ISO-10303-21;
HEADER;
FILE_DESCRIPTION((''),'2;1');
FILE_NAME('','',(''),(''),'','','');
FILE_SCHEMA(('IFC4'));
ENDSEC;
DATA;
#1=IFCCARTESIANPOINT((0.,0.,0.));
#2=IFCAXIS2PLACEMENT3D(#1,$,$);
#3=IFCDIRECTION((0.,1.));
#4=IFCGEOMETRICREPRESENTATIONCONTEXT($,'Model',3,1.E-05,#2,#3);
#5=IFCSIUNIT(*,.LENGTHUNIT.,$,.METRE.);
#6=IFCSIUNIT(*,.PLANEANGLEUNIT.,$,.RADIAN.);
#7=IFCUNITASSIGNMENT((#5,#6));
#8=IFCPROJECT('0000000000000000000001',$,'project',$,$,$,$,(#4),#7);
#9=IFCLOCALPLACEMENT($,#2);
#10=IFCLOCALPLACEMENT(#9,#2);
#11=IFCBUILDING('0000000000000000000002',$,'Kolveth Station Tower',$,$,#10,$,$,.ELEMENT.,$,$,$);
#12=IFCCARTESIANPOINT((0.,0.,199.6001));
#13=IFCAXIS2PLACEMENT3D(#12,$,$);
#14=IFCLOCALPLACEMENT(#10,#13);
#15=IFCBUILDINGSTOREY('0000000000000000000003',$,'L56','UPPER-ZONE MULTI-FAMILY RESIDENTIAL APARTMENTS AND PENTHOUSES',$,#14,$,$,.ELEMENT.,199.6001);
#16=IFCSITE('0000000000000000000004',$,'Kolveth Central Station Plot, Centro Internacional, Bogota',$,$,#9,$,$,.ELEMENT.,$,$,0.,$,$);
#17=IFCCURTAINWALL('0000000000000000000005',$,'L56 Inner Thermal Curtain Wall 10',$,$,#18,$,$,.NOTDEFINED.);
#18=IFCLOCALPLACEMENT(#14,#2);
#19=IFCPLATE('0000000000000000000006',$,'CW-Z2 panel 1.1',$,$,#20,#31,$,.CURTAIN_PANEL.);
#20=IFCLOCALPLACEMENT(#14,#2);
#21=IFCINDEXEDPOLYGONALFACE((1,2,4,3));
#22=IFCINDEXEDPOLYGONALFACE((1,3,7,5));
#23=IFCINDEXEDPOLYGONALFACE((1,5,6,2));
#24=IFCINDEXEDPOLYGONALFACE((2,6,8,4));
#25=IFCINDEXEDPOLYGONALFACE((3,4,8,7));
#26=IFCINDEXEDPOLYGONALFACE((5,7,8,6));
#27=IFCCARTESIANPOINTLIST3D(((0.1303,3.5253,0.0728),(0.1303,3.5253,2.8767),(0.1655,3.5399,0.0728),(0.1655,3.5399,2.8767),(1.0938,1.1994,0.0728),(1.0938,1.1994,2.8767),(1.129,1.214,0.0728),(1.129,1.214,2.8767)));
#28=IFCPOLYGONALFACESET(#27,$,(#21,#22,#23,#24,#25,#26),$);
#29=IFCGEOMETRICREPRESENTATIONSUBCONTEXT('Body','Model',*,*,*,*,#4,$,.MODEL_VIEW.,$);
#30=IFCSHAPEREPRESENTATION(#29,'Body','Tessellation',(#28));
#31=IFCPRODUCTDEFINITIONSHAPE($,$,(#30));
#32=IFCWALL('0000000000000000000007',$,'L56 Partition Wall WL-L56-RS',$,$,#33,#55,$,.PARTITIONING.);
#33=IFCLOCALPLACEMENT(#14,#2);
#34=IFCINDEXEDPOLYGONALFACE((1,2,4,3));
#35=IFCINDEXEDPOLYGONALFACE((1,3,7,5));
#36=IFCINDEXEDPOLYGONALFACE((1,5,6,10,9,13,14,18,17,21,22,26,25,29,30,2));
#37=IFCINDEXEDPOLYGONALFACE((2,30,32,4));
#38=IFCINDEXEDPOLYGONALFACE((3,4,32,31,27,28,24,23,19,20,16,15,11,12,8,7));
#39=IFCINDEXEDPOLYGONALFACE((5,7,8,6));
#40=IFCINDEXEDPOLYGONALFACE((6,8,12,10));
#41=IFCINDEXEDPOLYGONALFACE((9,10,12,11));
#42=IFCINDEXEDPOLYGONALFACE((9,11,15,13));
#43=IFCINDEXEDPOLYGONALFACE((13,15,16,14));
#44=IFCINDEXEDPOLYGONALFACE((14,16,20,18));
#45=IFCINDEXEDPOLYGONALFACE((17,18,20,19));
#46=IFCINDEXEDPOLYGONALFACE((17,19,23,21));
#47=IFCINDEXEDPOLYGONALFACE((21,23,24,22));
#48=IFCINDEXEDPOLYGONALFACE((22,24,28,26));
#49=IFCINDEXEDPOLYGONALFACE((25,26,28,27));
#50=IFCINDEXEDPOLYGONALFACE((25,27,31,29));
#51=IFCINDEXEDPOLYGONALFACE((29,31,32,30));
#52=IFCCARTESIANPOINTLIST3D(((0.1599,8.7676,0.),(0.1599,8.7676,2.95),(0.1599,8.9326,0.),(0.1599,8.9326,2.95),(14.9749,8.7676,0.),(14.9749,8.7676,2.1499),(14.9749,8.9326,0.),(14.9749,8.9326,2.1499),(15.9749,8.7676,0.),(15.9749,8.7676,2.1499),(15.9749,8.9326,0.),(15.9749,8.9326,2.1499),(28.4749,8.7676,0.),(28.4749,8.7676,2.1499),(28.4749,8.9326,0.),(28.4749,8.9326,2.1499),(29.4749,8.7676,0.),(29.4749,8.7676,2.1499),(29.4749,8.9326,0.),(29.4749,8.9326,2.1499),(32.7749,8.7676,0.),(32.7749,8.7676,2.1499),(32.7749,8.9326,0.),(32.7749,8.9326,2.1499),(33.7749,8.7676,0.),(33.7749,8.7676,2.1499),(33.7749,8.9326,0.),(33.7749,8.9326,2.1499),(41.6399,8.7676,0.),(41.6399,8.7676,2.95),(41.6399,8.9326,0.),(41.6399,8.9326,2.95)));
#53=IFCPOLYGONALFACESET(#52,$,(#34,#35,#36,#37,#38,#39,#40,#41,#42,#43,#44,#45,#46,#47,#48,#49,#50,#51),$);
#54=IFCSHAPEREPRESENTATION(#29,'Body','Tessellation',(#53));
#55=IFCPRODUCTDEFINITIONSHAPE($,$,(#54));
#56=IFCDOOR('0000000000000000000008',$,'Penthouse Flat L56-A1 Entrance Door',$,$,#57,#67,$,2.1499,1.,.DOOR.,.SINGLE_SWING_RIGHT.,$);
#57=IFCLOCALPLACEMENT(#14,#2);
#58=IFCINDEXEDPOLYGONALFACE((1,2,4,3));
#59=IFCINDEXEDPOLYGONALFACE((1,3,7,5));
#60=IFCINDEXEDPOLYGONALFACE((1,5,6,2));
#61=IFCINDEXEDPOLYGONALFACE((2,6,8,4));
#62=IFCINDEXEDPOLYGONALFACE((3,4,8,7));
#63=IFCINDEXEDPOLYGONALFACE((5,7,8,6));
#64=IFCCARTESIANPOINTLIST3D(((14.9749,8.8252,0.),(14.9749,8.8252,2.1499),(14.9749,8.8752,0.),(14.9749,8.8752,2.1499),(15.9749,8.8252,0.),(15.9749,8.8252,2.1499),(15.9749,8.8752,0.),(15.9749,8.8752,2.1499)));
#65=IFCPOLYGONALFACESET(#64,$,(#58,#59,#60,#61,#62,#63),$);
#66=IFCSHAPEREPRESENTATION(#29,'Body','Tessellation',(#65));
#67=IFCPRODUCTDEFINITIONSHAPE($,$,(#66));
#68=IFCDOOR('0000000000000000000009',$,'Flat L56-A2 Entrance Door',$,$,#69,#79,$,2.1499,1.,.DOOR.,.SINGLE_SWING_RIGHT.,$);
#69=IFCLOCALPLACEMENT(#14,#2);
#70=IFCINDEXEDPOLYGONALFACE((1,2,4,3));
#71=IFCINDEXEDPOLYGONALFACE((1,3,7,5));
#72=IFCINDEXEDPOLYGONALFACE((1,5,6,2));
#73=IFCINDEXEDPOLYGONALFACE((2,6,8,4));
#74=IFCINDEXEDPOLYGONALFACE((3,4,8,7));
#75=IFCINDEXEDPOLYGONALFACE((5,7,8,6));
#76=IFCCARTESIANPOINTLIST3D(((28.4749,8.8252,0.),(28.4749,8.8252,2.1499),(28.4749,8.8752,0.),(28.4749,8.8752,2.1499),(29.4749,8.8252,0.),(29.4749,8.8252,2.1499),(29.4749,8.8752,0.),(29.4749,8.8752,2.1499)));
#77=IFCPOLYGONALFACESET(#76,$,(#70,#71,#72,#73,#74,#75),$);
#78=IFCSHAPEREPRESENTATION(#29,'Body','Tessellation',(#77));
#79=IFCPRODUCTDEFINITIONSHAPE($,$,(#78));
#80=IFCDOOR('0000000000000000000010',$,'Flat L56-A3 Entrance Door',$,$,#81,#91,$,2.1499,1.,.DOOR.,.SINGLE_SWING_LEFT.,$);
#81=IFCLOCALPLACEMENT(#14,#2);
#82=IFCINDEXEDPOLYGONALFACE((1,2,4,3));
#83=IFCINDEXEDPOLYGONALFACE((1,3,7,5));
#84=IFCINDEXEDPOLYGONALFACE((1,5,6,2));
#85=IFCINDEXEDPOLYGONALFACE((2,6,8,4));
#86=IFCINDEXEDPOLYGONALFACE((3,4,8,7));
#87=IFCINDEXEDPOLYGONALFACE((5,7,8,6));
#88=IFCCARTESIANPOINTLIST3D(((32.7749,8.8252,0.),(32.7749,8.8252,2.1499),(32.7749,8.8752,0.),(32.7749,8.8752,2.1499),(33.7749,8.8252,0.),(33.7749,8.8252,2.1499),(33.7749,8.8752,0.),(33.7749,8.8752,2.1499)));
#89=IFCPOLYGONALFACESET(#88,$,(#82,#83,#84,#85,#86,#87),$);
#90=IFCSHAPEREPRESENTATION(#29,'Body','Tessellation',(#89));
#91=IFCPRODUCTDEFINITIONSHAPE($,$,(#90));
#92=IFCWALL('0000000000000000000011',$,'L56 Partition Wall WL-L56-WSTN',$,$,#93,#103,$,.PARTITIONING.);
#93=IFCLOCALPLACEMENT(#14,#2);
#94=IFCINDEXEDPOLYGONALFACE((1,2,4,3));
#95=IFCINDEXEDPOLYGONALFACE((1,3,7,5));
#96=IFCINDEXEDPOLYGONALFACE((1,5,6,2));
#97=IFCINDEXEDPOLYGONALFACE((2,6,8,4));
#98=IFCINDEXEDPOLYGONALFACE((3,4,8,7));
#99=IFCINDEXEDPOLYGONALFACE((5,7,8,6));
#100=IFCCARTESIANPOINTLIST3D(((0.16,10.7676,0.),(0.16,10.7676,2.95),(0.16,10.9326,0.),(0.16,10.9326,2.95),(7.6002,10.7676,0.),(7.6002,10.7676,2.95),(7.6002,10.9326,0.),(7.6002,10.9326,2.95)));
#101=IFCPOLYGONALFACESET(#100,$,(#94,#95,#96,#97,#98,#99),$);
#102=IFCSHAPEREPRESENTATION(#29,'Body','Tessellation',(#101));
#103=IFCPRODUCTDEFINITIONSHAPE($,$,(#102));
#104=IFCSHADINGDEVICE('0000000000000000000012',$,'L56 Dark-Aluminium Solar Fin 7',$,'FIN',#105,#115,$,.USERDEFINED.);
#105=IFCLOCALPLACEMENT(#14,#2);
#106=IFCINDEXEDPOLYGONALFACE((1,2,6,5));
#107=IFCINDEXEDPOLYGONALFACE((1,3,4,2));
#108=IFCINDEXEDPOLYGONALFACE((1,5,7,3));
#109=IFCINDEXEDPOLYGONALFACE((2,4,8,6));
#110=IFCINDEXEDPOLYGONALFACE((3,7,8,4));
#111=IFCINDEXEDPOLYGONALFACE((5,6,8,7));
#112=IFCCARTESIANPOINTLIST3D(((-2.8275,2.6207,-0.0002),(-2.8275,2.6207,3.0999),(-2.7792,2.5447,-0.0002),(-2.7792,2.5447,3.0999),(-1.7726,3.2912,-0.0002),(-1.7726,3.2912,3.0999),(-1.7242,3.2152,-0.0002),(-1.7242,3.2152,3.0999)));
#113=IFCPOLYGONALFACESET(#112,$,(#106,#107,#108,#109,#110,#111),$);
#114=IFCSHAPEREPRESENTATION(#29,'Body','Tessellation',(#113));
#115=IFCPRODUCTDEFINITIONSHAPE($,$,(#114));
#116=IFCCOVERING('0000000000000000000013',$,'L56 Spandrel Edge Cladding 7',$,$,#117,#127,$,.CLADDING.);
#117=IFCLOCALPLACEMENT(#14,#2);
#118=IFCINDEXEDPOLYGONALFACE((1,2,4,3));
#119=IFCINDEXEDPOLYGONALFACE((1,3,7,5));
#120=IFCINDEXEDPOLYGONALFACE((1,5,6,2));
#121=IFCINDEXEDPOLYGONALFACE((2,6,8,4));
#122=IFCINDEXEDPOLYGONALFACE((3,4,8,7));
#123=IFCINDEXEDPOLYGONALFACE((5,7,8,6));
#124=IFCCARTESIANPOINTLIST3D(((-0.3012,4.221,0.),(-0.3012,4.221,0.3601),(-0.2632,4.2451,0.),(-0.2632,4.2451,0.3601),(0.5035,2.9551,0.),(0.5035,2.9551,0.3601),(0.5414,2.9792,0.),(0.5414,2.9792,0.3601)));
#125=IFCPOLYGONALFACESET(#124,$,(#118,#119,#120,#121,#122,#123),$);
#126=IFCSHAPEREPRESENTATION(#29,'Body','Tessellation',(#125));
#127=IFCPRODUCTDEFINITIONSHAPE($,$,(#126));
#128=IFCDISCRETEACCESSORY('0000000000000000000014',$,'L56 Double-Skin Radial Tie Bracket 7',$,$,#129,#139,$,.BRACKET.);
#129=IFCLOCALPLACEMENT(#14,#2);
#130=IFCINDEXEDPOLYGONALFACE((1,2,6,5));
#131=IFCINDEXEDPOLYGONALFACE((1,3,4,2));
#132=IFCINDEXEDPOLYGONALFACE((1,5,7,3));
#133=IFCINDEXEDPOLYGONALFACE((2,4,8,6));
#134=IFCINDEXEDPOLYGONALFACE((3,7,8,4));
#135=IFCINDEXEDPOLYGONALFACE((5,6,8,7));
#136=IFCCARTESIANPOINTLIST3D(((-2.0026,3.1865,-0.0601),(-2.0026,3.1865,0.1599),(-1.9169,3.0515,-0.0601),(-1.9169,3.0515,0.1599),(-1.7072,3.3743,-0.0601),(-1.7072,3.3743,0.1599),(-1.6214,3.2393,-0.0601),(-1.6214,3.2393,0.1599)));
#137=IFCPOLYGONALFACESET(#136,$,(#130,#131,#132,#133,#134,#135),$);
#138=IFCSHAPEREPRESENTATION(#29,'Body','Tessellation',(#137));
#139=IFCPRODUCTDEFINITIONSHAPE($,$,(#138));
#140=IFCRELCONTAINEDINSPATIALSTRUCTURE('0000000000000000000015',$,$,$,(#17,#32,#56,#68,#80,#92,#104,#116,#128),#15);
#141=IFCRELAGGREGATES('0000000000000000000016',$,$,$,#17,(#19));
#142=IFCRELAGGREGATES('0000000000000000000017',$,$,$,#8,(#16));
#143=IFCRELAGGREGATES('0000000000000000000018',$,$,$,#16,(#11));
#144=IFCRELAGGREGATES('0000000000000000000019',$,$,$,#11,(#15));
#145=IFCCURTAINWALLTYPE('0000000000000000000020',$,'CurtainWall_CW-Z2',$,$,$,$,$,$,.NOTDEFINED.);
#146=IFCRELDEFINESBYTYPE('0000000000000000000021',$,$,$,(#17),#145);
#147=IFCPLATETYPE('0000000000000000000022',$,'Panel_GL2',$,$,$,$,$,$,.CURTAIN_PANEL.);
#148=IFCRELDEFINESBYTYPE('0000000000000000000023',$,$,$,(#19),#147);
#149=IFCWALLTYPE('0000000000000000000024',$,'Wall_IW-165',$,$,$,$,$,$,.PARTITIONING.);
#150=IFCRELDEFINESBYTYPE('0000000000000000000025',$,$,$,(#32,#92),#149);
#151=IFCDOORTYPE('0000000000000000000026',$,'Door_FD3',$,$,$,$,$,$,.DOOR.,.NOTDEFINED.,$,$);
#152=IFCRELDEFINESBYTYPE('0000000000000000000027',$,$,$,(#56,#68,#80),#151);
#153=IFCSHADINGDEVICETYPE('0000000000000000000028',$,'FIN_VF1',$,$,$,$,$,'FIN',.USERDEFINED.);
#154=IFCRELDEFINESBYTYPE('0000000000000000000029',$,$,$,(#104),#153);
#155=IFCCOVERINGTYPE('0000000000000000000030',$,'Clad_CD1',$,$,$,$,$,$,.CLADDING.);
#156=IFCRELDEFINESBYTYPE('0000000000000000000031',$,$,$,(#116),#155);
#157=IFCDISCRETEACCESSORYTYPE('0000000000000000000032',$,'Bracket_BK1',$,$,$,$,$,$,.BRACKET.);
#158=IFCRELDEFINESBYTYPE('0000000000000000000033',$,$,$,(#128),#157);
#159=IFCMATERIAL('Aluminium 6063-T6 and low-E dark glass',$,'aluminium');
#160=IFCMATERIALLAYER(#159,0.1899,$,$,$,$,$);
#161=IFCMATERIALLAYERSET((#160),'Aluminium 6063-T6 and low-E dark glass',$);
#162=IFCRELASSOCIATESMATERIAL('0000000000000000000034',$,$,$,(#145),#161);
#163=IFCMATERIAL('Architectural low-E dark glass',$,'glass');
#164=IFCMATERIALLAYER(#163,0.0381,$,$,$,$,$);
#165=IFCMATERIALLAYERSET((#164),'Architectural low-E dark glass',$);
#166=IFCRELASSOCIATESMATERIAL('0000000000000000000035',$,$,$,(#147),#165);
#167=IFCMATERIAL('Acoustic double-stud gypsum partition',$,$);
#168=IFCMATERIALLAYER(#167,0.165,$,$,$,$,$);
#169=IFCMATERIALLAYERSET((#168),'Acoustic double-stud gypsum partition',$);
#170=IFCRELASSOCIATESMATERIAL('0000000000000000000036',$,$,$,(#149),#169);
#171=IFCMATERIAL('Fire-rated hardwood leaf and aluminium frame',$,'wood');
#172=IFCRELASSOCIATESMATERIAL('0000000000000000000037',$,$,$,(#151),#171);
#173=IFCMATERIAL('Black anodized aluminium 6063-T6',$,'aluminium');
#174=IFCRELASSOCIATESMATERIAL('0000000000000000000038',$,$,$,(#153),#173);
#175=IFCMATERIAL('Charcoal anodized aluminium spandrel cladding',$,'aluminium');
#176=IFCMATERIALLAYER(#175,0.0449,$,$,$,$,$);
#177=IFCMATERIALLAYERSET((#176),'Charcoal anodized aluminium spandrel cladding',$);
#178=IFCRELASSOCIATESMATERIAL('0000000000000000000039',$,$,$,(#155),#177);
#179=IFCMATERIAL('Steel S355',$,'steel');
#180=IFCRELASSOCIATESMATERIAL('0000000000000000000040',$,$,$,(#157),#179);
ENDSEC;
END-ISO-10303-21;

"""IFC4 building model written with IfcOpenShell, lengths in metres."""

from ifc_helpers import new_model, si_unit, direction, frame, frame_2d, origin, origin_2d, place, context, subcontext, project, spatial, rectangle, extrude, source, transform, mapped, material, layer, layer_set, type_object, element, fill, aggregate, save


model = new_model("IFC4")

# Units and contexts
model_context = context("Model", 3, precision=1e-05, world=origin(), true_north=direction((0.0, 1.0)))
body_context = subcontext(model_context, "Body", "Model", "MODEL_VIEW")
ifc_project = project(units=[si_unit("LENGTHUNIT", "METRE"), si_unit("PLANEANGLEUNIT", "RADIAN")], contexts=[model_context])

# Site, building, storey
site_placement = place(None, origin())
site = spatial("IfcSite", under=ifc_project, at=site_placement, Name="Kolveth Central Station Plot, Centro Internacional, Bogota", CompositionType="ELEMENT", RefElevation=0.0)
building_placement = place(site_placement, origin())
building = spatial("IfcBuilding", under=site, at=building_placement, Name="Kolveth Station Tower", CompositionType="ELEMENT")
storey_placement = place(building_placement, frame((0.0, 0.0, 199.6001)))
storey = spatial("IfcBuildingStorey", under=building, at=storey_placement, Name="L56", Description="UPPER-ZONE MULTI-FAMILY RESIDENTIAL APARTMENTS AND PENTHOUSES", CompositionType="ELEMENT", Elevation=199.6001)

# Shared definitions
ifc_material_1 = material(Name="Steel S355", Category="steel")

# Curtain wall
ifc_material_2 = material(Name="Aluminium 6063-T6 and low-E dark glass", Category="aluminium")
ifc_layer_1 = layer(ifc_material_2, 0.1899)
ifc_layer_set_1 = layer_set([ifc_layer_1], Name="Aluminium 6063-T6 and low-E dark glass")
curtain_wall_type_1 = type_object("IfcCurtainWallType", Name="CurtainWall_CW-Z2", PredefinedType="NOTDEFINED", material=ifc_layer_set_1)
ifc_material_3 = material(Name="Black anodized aluminium 6063-T6", Category="aluminium")
curtain_wall_1_placement = place(storey_placement, origin())
curtain_wall_1 = element("IfcCurtainWall", 1, at=curtain_wall_1_placement, inside=storey, type_object=curtain_wall_type_1, Name="L56 Inner Thermal Curtain Wall 10", PredefinedType="NOTDEFINED")

# Plate
ifc_material_4 = material(Name="Architectural low-E dark glass", Category="glass")
ifc_layer_2 = layer(ifc_material_4, 0.0381)
ifc_layer_set_2 = layer_set([ifc_layer_2], Name="Architectural low-E dark glass")
plate_type = type_object("IfcPlateType", Name="Panel_GL2", PredefinedType="CURTAIN_PANEL", material=ifc_layer_set_2)
shared_shape_1 = source(origin(), body_context, "Body", "SweptSolid", [
    extrude(rectangle(XDim=2.5176, YDim=0.0381, at=origin_2d()), origin(), (0.0, 0.0, 1.0), 2.804),
])
plate_placement = place(storey_placement, frame((0.6296, 2.3696, 0.0728), z_axis=(0.0, 0.0, 1.0), x_axis=(0.382698, -0.923874, 0.0)))
plate = element("IfcPlate", 2, at=plate_placement, type_object=plate_type, Name="CW-Z2 panel 1.1", PredefinedType="CURTAIN_PANEL", context=body_context, shape_type="MappedRepresentation", body=[
    mapped(shared_shape_1, transform((0.0, 0.0, 0.0), x_axis=(1.0, 0.0, 0.0), y_axis=(0.0, 1.0, 0.0), z_axis=(0.0, 0.0, 1.0), scale=1.0)),
])
aggregate(curtain_wall_1, [plate])

# Wall, openings, doors
ifc_material_5 = material(Name="Acoustic double-stud gypsum partition")
ifc_layer_3 = layer(ifc_material_5, 0.165)
ifc_layer_set_3 = layer_set([ifc_layer_3], Name="Acoustic double-stud gypsum partition")
wall_type = type_object("IfcWallType", Name="Wall_IW-165", PredefinedType="PARTITIONING", material=ifc_layer_set_3)
wall_1_placement = place(storey_placement, frame((0.1599, 8.8501, 0.0), z_axis=(0.0, 0.0, 1.0), x_axis=(1.0, 0.0, 0.0)))
wall_1 = element("IfcWall", 3, at=wall_1_placement, inside=storey, type_object=wall_type, Name="L56 Partition Wall WL-L56-RS", PredefinedType="PARTITIONING", context=body_context, shape_type="SweptSolid", body=[
    extrude(rectangle(XDim=41.48, YDim=0.165, at=frame_2d((20.74, 0.0))), origin(), (0.0, 0.0, 1.0), 2.95),
])
opening_1_placement = place(wall_1_placement, frame((14.8149, 0.0, 0.0)))
opening_1 = element("IfcOpeningElement", 4, at=opening_1_placement, cuts=wall_1, PredefinedType="OPENING", context=body_context, shape_type="SweptSolid", body=[
    extrude(rectangle(XDim=1.0, YDim=2.1499, at=frame_2d((0.5, 1.075))), frame((0.0, 0.0925, 0.0), z_axis=(0.0, -1.0, 0.0), x_axis=(1.0, 0.0, 0.0)), (0.0, 0.0, 1.0), 0.1851),
])
opening_2_placement = place(wall_1_placement, frame((28.3149, 0.0, 0.0)))
opening_2 = element("IfcOpeningElement", 5, at=opening_2_placement, cuts=wall_1, PredefinedType="OPENING", context=body_context, shape_type="SweptSolid", body=[
    extrude(rectangle(XDim=1.0, YDim=2.1499, at=frame_2d((0.5, 1.075))), frame((0.0, 0.0925, 0.0), z_axis=(0.0, -1.0, 0.0), x_axis=(1.0, 0.0, 0.0)), (0.0, 0.0, 1.0), 0.1851),
])
opening_3_placement = place(wall_1_placement, frame((32.615, 0.0, 0.0)))
opening_3 = element("IfcOpeningElement", 6, at=opening_3_placement, cuts=wall_1, PredefinedType="OPENING", context=body_context, shape_type="SweptSolid", body=[
    extrude(rectangle(XDim=1.0, YDim=2.1499, at=frame_2d((0.5, 1.075))), frame((0.0, 0.0925, 0.0), z_axis=(0.0, -1.0, 0.0), x_axis=(1.0, 0.0, 0.0)), (0.0, 0.0, 1.0), 0.1851),
])
ifc_material_6 = material(Name="Fire-rated hardwood leaf and aluminium frame", Category="wood")
door_type = type_object("IfcDoorType", Name="Door_FD3", OperationType="NOTDEFINED", PredefinedType="DOOR", material=ifc_material_6)
door_1_placement = place(opening_1_placement, frame((1.0, 0.0, 0.0), z_axis=(0.0, 0.0, 1.0), x_axis=(-1.0, 0.0, 0.0)))
door_1 = element("IfcDoor", 7, at=door_1_placement, inside=storey, type_object=door_type, Name="Penthouse Flat L56-A1 Entrance Door", OperationType="SINGLE_SWING_RIGHT", OverallHeight=2.1499, OverallWidth=1.0, PredefinedType="DOOR", context=body_context, shape_type="SweptSolid", body=[
    extrude(rectangle(XDim=1.0, YDim=2.1499, at=frame_2d((0.5, 1.075))), frame((0.0, 0.0249, 0.0), z_axis=(0.0, -1.0, 0.0), x_axis=(1.0, 0.0, 0.0)), (0.0, 0.0, 1.0), 0.05),
])
fill(opening_1, door_1)
door_2_placement = place(opening_2_placement, frame((1.0, 0.0, 0.0), z_axis=(0.0, 0.0, 1.0), x_axis=(-1.0, 0.0, 0.0)))
door_2 = element("IfcDoor", 8, at=door_2_placement, inside=storey, type_object=door_type, Name="Flat L56-A2 Entrance Door", OperationType="SINGLE_SWING_RIGHT", OverallHeight=2.1499, OverallWidth=1.0, PredefinedType="DOOR", context=body_context, shape_type="SweptSolid", body=[
    extrude(rectangle(XDim=1.0, YDim=2.1499, at=frame_2d((0.5, 1.075))), frame((0.0, 0.0249, 0.0), z_axis=(0.0, -1.0, 0.0), x_axis=(1.0, 0.0, 0.0)), (0.0, 0.0, 1.0), 0.05),
])
fill(opening_2, door_2)
door_3_placement = place(opening_3_placement, frame((1.0, 0.0, 0.0), z_axis=(0.0, 0.0, 1.0), x_axis=(-1.0, 0.0, 0.0)))
door_3 = element("IfcDoor", 9, at=door_3_placement, inside=storey, type_object=door_type, Name="Flat L56-A3 Entrance Door", OperationType="SINGLE_SWING_LEFT", OverallHeight=2.1499, OverallWidth=1.0, PredefinedType="DOOR", context=body_context, shape_type="SweptSolid", body=[
    extrude(rectangle(XDim=1.0, YDim=2.1499, at=frame_2d((0.5, 1.075))), frame((0.0, 0.0249, 0.0), z_axis=(0.0, -1.0, 0.0), x_axis=(1.0, 0.0, 0.0)), (0.0, 0.0, 1.0), 0.05),
])
fill(opening_3, door_3)

# Wall
wall_2_placement = place(storey_placement, frame((0.1599, 10.8501, 0.0), z_axis=(0.0, 0.0, 1.0), x_axis=(1.0, 0.0, 0.0)))
element("IfcWall", 10, at=wall_2_placement, inside=storey, type_object=wall_type, Name="L56 Partition Wall WL-L56-WSTN", PredefinedType="PARTITIONING", context=body_context, shape_type="SweptSolid", body=[
    extrude(rectangle(XDim=7.4402, YDim=0.165, at=frame_2d((3.7202, 0.0))), origin(), (0.0, 0.0, 1.0), 2.95),
])

# Shading device
shading_device_type = type_object("IfcShadingDeviceType", Name="FIN_VF1", ElementType="FIN", PredefinedType="USERDEFINED", material=ifc_material_3)
shared_shape_2 = source(origin(), body_context, "Body", "SweptSolid", [
    extrude(rectangle(XDim=1.25, YDim=0.0901, at=origin_2d()), origin(), (0.0, 0.0, 1.0), 3.1001),
])
shading_device_placement = place(storey_placement, frame((-2.2759, 2.918, -0.0002), z_axis=(0.0, 0.0, 1.0), x_axis=(-0.843954, -0.536416, 0.0)))
element("IfcShadingDevice", 11, at=shading_device_placement, inside=storey, type_object=shading_device_type, Name="L56 Dark-Aluminium Solar Fin 7", ObjectType="FIN", PredefinedType="USERDEFINED", context=body_context, shape_type="MappedRepresentation", body=[
    mapped(shared_shape_2, transform((0.0, 0.0, 0.0), x_axis=(1.0, 0.0, 0.0), y_axis=(0.0, 1.0, 0.0), z_axis=(0.0, 0.0, 1.0), scale=1.0)),
])

# Covering
ifc_material_7 = material(Name="Charcoal anodized aluminium spandrel cladding", Category="aluminium")
ifc_layer_4 = layer(ifc_material_7, 0.0449)
ifc_layer_set_4 = layer_set([ifc_layer_4], Name="Charcoal anodized aluminium spandrel cladding")
covering_type = type_object("IfcCoveringType", Name="Clad_CD1", PredefinedType="CLADDING", material=ifc_layer_set_4)
shared_shape_3 = source(origin(), body_context, "Body", "SweptSolid", [
    extrude(rectangle(XDim=1.5, YDim=0.0449, at=origin_2d()), origin(), (0.0, 0.0, 1.0), 0.3601),
])
covering_placement = place(storey_placement, frame((0.1201, 3.6001, 0.0), z_axis=(0.0, 0.0, 1.0), x_axis=(0.536416, -0.843954, 0.0)))
element("IfcCovering", 12, at=covering_placement, inside=storey, type_object=covering_type, Name="L56 Spandrel Edge Cladding 7", PredefinedType="CLADDING", context=body_context, shape_type="MappedRepresentation", body=[
    mapped(shared_shape_3, transform((0.0, 0.0, 0.0), x_axis=(1.0, 0.0, 0.0), y_axis=(0.0, 1.0, 0.0), z_axis=(0.0, 0.0, 1.0), scale=1.0)),
])

# Discrete accessory
discrete_accessory_type = type_object("IfcDiscreteAccessoryType", Name="Bracket_BK1", PredefinedType="BRACKET", material=ifc_material_1)
shared_shape_4 = source(origin(), body_context, "Body", "SweptSolid", [
    extrude(rectangle(XDim=0.3501, YDim=0.1599, at=origin_2d()), origin(), (0.0, 0.0, 1.0), 0.22),
])
discrete_accessory_placement = place(storey_placement, frame((-1.812, 3.2129, -0.0601), z_axis=(0.0, 0.0, 1.0), x_axis=(-0.843954, -0.536416, 0.0)))
element("IfcDiscreteAccessory", 13, at=discrete_accessory_placement, inside=storey, type_object=discrete_accessory_type, Name="L56 Double-Skin Radial Tie Bracket 7", PredefinedType="BRACKET", context=body_context, shape_type="MappedRepresentation", body=[
    mapped(shared_shape_4, transform((0.0, 0.0, 0.0), x_axis=(1.0, 0.0, 0.0), y_axis=(0.0, 1.0, 0.0), z_axis=(0.0, 0.0, 1.0), scale=1.0)),
])

save(model, "model.ifc")
